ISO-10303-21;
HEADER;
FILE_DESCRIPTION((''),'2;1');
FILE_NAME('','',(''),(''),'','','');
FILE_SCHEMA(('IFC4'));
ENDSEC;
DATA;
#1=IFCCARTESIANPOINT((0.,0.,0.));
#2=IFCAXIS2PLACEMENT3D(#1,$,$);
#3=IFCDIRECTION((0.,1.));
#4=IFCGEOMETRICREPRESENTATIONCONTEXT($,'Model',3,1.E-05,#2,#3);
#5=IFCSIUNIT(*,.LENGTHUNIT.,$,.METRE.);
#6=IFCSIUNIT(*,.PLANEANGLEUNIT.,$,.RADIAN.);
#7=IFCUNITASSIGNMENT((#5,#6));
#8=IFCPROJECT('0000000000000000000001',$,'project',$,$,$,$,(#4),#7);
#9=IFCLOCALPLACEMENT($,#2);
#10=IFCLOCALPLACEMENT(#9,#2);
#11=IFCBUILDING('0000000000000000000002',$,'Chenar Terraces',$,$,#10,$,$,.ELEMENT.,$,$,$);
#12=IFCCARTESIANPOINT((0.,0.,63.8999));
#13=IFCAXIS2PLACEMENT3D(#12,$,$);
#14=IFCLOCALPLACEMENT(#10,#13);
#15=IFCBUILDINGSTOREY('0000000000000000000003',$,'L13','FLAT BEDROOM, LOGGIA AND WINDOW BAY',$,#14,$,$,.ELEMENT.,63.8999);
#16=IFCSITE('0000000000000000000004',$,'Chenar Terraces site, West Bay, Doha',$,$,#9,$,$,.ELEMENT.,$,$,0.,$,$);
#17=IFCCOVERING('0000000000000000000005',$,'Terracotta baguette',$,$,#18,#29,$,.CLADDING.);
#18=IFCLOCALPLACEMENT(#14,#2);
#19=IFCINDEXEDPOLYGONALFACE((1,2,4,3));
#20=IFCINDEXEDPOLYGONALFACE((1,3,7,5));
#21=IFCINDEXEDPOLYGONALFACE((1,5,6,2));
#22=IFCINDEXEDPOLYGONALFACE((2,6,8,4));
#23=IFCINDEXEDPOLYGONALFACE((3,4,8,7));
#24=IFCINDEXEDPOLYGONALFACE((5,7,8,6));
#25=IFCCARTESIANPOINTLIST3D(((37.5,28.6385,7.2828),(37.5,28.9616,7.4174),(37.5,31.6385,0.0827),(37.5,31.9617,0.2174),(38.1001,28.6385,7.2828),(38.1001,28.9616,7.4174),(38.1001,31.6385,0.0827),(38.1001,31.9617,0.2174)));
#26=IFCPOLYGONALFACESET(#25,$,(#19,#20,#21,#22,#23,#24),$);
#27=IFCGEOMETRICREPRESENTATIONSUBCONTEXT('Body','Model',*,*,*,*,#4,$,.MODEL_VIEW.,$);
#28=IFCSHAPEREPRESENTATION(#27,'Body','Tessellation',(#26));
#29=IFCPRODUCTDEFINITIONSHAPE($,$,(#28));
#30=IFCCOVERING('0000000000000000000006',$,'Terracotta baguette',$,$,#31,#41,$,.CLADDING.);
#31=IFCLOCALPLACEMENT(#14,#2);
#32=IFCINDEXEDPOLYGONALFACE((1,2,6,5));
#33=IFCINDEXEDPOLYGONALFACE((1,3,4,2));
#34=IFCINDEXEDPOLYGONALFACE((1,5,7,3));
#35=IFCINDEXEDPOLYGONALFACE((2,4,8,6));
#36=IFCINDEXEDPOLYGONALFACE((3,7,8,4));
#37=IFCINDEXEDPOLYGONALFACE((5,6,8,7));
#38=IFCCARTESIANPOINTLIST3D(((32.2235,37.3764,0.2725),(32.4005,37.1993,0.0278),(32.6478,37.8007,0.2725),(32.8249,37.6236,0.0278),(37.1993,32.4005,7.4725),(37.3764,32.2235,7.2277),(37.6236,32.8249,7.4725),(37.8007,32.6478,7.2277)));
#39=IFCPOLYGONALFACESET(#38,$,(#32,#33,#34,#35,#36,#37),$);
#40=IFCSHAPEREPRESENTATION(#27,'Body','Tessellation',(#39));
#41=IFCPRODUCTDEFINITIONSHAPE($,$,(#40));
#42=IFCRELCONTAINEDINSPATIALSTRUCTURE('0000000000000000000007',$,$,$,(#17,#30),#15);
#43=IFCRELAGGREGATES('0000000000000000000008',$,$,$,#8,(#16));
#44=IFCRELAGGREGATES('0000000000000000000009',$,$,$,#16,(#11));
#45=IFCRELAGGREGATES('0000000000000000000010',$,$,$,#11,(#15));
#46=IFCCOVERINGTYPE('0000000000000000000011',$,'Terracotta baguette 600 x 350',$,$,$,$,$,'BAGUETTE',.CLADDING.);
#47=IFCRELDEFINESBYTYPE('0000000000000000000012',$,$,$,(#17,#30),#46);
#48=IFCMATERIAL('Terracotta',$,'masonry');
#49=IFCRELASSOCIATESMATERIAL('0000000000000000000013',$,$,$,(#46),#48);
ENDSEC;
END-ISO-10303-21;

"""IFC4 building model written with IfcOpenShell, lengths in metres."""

from ifc_helpers import new_model, si_unit, direction, frame, origin, origin_2d, place, context, subcontext, project, spatial, rectangle, extrude, material, material_profile, profile_set, type_object, element, save


model = new_model("IFC4")

# Units and contexts
model_context = context("Model", 3, precision=1e-05, world=origin(), true_north=direction((0.0, 1.0)))
body_context = subcontext(model_context, "Body", "Model", "MODEL_VIEW")
ifc_project = project(units=[si_unit("LENGTHUNIT", "METRE"), si_unit("PLANEANGLEUNIT", "RADIAN")], contexts=[model_context])

# Site, building, storey
site_placement = place(None, origin())
site = spatial("IfcSite", under=ifc_project, at=site_placement, Name="Chenar Terraces site, West Bay, Doha", CompositionType="ELEMENT", RefElevation=0.0)
building_placement = place(site_placement, origin())
building = spatial("IfcBuilding", under=site, at=building_placement, Name="Chenar Terraces", CompositionType="ELEMENT")
storey_placement = place(building_placement, frame((0.0, 0.0, 63.8999)))
storey = spatial("IfcBuildingStorey", under=building, at=storey_placement, Name="L13", Description="FLAT BEDROOM, LOGGIA AND WINDOW BAY", CompositionType="ELEMENT", Elevation=63.8999)

# Coverings
ifc_material_1 = material(Name="Terracotta", Category="masonry")
ifc_material_profile_1 = material_profile(ifc_material_1, rectangle(XDim=0.6001, YDim=0.3501, at=origin_2d()), Name="Terracotta baguette 600 x 350")
ifc_profile_set_1 = profile_set([ifc_material_profile_1], Name="Terracotta")
covering_type = type_object("IfcCoveringType", Name="Terracotta baguette 600 x 350", ElementType="BAGUETTE", PredefinedType="CLADDING", material=ifc_profile_set_1)
covering_1_placement = place(storey_placement, frame((37.8, 28.8, 7.3501), z_axis=(0.0, 0.384618, -0.923076), x_axis=(-1.0, 0.0, 0.0)))
element("IfcCovering", 1, at=covering_1_placement, inside=storey, type_object=covering_type, Name="Terracotta baguette", PredefinedType="CLADDING", context=body_context, shape_type="SweptSolid", body=[
    extrude(rectangle(XDim=0.6001, YDim=0.3501, at=origin_2d()), origin(), (0.0, 0.0, 1.0), 7.8),
])
covering_2_placement = place(storey_placement, frame((37.5, 32.5242, 7.3501), z_axis=(-0.494241, 0.494241, -0.715159), x_axis=(-0.707107, -0.707107, 0.0)))
element("IfcCovering", 2, at=covering_2_placement, inside=storey, type_object=covering_type, Name="Terracotta baguette", PredefinedType="CLADDING", context=body_context, shape_type="SweptSolid", body=[
    extrude(rectangle(XDim=0.6001, YDim=0.3501, at=origin_2d()), origin(), (0.0, 0.0, 1.0), 10.0676),
])

save(model, "model.ifc")
